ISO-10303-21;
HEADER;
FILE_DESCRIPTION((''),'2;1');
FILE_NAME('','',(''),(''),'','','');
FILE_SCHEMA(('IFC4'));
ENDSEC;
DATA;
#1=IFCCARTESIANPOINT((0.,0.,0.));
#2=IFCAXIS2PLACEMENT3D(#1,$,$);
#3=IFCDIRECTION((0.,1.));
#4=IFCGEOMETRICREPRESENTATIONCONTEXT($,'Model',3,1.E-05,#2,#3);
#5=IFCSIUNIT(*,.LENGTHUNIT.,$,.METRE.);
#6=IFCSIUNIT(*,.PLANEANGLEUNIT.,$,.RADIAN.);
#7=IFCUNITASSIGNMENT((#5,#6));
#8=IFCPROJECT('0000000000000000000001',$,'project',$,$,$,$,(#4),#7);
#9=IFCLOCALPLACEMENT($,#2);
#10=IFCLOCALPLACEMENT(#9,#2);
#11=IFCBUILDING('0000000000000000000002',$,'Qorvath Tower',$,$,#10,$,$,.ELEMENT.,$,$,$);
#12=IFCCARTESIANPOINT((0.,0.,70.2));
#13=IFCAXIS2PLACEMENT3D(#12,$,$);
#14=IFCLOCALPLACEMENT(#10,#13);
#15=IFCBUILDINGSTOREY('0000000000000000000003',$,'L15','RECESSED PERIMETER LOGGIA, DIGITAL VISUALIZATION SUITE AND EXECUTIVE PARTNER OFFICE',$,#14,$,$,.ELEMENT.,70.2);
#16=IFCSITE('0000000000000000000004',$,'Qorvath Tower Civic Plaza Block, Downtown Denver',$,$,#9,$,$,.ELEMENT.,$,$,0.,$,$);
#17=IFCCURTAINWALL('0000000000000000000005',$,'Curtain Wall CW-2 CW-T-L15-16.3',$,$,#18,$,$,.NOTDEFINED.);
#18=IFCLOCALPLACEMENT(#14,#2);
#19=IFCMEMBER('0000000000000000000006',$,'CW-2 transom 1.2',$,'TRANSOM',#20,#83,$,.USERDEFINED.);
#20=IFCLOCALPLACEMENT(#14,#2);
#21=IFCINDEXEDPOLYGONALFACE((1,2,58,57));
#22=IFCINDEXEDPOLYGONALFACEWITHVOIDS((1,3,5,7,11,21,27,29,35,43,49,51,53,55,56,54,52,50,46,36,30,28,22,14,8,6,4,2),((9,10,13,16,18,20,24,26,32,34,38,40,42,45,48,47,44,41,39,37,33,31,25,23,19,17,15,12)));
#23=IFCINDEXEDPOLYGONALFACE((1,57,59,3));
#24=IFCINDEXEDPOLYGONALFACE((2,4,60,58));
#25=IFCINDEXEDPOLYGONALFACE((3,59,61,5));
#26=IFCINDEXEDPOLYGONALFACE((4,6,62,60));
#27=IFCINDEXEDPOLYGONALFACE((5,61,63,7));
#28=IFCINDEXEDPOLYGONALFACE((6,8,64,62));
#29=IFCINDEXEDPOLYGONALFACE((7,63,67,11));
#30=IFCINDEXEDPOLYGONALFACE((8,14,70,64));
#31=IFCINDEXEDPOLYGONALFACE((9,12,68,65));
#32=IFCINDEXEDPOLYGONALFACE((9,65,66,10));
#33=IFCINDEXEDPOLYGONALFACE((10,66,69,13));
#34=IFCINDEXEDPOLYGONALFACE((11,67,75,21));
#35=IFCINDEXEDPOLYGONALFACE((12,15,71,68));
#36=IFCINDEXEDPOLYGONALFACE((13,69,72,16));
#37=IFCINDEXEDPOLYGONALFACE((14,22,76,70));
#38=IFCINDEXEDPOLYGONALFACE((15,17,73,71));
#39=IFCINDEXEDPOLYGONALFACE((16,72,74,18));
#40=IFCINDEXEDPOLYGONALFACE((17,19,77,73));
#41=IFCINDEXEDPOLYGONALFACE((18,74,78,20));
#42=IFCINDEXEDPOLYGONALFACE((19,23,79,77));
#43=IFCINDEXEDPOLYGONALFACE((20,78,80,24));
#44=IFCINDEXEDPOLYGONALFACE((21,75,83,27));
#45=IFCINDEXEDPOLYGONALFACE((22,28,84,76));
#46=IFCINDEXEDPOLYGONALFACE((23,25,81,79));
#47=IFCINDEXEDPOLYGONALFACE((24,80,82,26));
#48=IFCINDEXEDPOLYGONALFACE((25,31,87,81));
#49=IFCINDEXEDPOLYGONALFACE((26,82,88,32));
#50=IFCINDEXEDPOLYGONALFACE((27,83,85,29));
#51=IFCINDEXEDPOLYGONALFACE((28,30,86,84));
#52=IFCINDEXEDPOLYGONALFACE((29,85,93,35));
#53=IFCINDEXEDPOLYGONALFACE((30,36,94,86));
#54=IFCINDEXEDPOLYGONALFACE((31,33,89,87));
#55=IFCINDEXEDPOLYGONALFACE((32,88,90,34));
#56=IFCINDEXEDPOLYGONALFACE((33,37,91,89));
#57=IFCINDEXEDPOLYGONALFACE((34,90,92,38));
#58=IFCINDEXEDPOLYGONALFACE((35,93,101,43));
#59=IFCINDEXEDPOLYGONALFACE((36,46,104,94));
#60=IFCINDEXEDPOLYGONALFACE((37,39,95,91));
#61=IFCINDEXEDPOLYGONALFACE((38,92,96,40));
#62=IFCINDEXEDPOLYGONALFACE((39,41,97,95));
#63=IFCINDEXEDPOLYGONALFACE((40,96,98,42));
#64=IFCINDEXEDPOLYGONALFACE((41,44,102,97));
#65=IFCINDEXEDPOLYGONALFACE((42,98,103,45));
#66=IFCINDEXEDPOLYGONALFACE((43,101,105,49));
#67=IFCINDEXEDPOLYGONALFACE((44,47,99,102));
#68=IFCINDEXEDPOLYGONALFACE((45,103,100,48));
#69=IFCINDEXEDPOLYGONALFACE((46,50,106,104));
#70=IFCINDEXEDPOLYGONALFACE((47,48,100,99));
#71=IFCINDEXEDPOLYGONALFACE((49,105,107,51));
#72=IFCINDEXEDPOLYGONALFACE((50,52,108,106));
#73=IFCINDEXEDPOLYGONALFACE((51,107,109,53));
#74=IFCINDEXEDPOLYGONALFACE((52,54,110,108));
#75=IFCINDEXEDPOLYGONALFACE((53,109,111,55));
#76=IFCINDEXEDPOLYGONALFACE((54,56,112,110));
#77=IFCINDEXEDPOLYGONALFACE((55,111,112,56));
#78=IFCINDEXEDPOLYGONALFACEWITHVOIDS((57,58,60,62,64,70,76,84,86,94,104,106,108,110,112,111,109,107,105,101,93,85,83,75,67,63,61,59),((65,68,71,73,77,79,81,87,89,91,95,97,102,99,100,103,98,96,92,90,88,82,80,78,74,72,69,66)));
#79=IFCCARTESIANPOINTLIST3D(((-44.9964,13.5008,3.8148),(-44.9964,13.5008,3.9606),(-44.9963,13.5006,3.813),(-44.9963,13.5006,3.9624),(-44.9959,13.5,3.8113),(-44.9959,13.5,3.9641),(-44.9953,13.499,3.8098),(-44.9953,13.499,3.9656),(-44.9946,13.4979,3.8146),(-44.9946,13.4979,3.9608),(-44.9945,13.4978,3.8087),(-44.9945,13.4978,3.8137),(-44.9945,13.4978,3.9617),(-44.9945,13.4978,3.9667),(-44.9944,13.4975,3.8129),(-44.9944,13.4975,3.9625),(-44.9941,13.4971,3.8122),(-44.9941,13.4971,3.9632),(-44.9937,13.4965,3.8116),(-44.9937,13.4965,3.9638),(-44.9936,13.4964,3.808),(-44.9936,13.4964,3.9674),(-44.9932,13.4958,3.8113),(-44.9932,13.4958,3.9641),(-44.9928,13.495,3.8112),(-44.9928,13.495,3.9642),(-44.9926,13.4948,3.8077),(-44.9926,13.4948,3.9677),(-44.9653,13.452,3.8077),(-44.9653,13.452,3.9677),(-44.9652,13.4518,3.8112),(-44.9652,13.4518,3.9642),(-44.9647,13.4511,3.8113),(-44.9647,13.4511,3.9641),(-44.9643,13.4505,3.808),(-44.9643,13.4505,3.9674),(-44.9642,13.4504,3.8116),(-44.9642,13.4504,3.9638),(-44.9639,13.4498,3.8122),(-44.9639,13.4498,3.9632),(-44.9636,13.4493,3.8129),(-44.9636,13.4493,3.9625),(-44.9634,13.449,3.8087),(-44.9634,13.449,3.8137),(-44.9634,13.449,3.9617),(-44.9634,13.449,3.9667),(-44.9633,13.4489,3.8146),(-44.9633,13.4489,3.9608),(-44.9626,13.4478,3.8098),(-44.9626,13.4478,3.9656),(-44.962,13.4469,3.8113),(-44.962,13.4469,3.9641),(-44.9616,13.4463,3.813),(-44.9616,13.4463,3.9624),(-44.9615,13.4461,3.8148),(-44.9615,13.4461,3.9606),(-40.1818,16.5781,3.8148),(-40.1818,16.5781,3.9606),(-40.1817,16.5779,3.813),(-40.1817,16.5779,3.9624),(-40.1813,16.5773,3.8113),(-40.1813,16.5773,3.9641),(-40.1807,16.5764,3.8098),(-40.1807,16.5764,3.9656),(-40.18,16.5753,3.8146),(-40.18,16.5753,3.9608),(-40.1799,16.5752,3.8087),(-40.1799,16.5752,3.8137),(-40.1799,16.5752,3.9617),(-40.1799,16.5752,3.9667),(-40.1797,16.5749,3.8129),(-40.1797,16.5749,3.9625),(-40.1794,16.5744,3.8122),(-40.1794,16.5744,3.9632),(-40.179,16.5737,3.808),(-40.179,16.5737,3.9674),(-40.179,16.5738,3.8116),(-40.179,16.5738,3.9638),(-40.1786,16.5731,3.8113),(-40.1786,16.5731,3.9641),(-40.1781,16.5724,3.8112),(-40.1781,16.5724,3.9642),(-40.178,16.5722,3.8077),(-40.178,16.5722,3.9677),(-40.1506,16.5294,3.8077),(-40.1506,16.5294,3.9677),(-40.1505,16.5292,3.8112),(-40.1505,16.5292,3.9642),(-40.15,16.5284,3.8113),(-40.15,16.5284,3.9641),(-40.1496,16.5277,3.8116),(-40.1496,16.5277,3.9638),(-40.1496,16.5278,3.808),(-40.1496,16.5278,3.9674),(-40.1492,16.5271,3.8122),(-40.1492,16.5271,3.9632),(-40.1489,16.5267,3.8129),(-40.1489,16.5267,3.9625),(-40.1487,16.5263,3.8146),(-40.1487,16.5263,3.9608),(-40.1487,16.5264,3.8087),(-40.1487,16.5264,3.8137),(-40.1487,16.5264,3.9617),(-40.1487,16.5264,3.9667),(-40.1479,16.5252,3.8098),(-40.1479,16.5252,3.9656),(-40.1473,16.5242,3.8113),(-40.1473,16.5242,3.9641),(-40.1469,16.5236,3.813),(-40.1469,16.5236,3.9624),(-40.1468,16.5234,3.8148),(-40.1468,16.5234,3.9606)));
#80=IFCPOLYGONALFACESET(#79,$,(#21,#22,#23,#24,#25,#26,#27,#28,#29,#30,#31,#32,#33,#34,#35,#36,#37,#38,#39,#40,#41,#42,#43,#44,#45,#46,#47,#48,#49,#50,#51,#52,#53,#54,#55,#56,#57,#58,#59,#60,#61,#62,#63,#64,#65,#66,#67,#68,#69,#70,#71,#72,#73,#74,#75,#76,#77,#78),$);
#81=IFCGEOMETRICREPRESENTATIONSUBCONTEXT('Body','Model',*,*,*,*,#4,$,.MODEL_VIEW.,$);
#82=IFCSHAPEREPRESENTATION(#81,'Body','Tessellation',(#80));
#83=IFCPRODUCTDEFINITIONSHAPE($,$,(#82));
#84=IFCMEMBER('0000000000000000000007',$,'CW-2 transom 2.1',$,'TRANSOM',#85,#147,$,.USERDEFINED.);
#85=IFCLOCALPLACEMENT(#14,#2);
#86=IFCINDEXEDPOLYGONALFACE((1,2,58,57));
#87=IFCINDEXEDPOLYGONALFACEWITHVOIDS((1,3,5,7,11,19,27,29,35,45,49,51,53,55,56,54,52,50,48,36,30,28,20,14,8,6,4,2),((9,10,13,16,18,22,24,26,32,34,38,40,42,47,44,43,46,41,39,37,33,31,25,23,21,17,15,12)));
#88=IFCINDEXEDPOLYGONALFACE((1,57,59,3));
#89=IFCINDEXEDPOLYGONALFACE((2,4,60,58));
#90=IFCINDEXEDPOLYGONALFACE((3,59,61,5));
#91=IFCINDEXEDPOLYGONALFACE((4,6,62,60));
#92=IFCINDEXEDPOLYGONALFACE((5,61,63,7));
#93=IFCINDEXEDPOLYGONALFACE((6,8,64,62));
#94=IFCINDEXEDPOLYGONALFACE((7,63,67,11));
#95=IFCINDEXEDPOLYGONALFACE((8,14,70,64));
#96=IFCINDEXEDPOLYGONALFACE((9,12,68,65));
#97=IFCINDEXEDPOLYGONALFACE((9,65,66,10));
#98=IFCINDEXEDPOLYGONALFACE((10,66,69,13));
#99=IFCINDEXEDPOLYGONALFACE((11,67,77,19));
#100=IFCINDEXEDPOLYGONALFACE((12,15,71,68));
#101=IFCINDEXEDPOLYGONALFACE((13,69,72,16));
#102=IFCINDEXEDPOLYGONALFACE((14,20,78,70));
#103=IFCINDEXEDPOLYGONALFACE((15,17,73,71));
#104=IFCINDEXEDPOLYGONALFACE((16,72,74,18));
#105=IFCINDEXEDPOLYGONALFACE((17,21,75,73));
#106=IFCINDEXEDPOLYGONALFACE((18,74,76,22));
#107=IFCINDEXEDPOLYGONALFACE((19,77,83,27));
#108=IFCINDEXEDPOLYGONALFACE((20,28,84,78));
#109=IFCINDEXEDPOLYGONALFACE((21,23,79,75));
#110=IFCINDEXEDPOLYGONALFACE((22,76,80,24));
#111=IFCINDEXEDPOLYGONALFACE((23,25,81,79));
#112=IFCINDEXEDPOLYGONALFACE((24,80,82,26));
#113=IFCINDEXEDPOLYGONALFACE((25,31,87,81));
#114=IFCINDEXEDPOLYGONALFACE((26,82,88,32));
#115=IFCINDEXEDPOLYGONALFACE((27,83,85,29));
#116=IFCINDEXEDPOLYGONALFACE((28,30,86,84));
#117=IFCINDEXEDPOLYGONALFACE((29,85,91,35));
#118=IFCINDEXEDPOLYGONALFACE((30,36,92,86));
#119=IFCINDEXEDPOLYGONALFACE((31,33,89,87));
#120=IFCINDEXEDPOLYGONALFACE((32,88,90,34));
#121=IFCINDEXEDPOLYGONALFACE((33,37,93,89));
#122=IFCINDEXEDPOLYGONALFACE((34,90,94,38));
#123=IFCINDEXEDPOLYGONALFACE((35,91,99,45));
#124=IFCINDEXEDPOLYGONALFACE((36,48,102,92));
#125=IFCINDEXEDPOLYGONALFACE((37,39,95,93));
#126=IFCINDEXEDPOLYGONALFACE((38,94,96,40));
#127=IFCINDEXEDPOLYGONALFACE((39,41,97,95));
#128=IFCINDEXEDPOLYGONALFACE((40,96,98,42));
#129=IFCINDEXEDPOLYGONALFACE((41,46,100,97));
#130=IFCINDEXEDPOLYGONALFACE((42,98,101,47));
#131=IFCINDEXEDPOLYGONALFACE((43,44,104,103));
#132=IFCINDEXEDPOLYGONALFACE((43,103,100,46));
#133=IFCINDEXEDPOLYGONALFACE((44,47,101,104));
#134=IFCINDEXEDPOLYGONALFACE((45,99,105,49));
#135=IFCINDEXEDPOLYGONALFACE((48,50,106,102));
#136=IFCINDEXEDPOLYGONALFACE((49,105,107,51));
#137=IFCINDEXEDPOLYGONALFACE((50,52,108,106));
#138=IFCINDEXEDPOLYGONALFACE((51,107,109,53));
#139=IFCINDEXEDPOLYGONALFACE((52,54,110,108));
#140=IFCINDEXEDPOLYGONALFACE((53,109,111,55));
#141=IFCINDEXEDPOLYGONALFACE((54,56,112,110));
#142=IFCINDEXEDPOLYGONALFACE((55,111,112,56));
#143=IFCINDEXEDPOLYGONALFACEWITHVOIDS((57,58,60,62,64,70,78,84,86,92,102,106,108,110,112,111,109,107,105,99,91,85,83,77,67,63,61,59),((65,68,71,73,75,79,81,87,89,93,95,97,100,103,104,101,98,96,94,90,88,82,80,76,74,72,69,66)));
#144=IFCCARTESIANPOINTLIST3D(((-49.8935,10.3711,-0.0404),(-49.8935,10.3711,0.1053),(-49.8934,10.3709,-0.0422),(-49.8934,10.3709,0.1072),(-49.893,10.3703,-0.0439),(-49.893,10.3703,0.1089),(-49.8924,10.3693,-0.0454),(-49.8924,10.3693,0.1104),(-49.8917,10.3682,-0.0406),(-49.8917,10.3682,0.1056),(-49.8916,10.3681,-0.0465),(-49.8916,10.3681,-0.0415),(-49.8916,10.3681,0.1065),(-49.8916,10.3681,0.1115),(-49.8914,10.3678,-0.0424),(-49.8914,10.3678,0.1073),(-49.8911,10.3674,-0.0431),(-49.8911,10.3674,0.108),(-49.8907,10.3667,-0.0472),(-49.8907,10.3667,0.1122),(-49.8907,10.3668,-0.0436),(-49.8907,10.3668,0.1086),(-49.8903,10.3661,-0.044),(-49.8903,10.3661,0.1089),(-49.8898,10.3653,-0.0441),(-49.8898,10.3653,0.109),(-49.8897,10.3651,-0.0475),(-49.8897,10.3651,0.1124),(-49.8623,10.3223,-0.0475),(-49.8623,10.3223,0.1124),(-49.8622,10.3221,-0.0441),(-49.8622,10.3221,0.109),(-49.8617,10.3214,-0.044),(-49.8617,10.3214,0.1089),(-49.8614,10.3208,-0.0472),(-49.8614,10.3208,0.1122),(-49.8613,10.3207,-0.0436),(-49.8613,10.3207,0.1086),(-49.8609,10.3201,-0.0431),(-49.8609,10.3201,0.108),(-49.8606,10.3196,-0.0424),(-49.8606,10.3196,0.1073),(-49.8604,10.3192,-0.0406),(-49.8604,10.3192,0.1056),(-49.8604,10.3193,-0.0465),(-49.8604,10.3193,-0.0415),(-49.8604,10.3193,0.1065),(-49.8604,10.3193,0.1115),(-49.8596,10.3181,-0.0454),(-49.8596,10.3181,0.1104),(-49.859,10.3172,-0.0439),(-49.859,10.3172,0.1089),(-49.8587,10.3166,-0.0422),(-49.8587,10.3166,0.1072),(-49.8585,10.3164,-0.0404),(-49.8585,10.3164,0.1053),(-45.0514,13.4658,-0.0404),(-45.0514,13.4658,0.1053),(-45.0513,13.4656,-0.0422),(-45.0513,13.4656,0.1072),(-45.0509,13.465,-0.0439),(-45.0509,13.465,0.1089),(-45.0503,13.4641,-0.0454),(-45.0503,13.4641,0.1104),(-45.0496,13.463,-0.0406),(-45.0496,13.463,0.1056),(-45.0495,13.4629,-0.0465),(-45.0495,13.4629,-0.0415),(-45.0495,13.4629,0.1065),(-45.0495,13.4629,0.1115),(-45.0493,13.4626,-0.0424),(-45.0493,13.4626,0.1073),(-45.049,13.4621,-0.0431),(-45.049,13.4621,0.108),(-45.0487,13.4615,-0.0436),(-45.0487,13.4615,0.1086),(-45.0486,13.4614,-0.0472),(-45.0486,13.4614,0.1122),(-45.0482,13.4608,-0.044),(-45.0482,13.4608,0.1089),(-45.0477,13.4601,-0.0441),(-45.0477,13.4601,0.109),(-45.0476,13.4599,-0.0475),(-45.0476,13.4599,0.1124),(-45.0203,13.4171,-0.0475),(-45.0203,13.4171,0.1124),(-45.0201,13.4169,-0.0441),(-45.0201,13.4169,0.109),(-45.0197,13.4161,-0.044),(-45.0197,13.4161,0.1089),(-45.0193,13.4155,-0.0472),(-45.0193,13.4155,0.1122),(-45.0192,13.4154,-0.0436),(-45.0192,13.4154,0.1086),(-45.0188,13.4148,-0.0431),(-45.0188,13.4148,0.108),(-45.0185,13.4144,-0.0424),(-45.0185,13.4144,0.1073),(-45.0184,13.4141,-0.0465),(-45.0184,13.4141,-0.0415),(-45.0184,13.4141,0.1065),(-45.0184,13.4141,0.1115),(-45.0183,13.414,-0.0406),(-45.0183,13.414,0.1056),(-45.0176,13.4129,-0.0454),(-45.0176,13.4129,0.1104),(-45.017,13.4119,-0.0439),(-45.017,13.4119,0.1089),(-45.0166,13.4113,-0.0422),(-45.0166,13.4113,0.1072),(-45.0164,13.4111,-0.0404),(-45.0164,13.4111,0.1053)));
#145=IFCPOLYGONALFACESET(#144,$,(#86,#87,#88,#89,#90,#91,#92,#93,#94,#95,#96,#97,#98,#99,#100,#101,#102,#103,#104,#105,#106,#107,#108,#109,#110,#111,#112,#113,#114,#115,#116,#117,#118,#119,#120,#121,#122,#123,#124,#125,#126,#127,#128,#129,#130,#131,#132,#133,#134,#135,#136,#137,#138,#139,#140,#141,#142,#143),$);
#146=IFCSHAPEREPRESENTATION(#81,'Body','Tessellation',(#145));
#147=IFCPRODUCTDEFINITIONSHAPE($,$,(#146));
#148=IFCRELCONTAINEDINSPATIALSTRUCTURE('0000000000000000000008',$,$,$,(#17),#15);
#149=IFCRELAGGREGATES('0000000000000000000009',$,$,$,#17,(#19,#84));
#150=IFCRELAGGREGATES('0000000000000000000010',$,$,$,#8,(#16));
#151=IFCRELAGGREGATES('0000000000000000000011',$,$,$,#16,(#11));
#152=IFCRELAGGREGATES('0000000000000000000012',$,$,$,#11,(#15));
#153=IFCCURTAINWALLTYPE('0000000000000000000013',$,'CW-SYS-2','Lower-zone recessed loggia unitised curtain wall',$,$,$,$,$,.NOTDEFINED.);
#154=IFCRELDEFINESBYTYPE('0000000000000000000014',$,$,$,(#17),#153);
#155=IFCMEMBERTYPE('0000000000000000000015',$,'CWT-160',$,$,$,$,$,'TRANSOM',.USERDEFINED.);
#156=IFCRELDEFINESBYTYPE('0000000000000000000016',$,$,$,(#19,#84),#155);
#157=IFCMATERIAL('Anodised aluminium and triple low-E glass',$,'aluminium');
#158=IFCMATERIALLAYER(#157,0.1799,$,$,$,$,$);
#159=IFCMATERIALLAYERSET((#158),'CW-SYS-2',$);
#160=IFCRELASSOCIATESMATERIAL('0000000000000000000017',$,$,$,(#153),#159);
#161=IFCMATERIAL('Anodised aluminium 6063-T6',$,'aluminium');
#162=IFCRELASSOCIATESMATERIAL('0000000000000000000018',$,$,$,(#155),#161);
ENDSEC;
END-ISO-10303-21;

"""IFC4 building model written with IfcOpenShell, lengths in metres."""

from ifc_helpers import new_model, si_unit, direction, frame, origin, origin_2d, place, context, subcontext, project, spatial, hollow_rectangle, extrude, material, layer, layer_set, material_profile, profile_set, type_object, element, aggregate, save


model = new_model("IFC4")

# Units and contexts
model_context = context("Model", 3, precision=1e-05, world=origin(), true_north=direction((0.0, 1.0)))
body_context = subcontext(model_context, "Body", "Model", "MODEL_VIEW")
ifc_project = project(units=[si_unit("LENGTHUNIT", "METRE"), si_unit("PLANEANGLEUNIT", "RADIAN")], contexts=[model_context])

# Site, building, storey
site_placement = place(None, origin())
site = spatial("IfcSite", under=ifc_project, at=site_placement, Name="Qorvath Tower Civic Plaza Block, Downtown Denver", CompositionType="ELEMENT", RefElevation=0.0)
building_placement = place(site_placement, origin())
building = spatial("IfcBuilding", under=site, at=building_placement, Name="Qorvath Tower", CompositionType="ELEMENT")
storey_placement = place(building_placement, frame((0.0, 0.0, 70.2)))
storey = spatial("IfcBuildingStorey", under=building, at=storey_placement, Name="L15", Description="RECESSED PERIMETER LOGGIA, DIGITAL VISUALIZATION SUITE AND EXECUTIVE PARTNER OFFICE", CompositionType="ELEMENT", Elevation=70.2)

# Shared definitions
ifc_material_1 = material(Name="Anodised aluminium and triple low-E glass", Category="aluminium")
ifc_layer_1 = layer(ifc_material_1, 0.1799)
ifc_layer_set_1 = layer_set([ifc_layer_1], Name="CW-SYS-2")
curtain_wall_type = type_object("IfcCurtainWallType", Name="CW-SYS-2", Description="Lower-zone recessed loggia unitised curtain wall", PredefinedType="NOTDEFINED", material=ifc_layer_set_1)

# Curtain wall, members
curtain_wall_1_placement = place(storey_placement, origin())
curtain_wall_1 = element("IfcCurtainWall", 1, at=curtain_wall_1_placement, inside=storey, type_object=curtain_wall_type, Name="Curtain Wall CW-2 CW-T-L15-16.3", PredefinedType="NOTDEFINED")
ifc_material_2 = material(Name="Anodised aluminium 6063-T6", Category="aluminium")
ifc_material_profile_1 = material_profile(ifc_material_2, hollow_rectangle(XDim=0.0649, YDim=0.1599, WallThickness=0.0034, InnerFilletRadius=0.0034, OuterFilletRadius=0.0071, at=origin_2d()), Name="CWT 160x65")
ifc_profile_set_1 = profile_set([ifc_material_profile_1], Name="Anodised aluminium 6063-T6")
member_type_1 = type_object("IfcMemberType", Name="CWT-160", ElementType="TRANSOM", PredefinedType="USERDEFINED", material=ifc_profile_set_1)
member_1_placement = place(storey_placement, frame((-40.1643, 16.5508, 3.8877), z_axis=(-0.84259, -0.538555, 0.0), x_axis=(0.538555, -0.84259, 0.0)))
member_1 = element("IfcMember", 2, at=member_1_placement, type_object=member_type_1, Name="CW-2 transom 1.2", ObjectType="TRANSOM", PredefinedType="USERDEFINED", context=body_context, shape_type="SweptSolid", body=[
    extrude(hollow_rectangle(XDim=0.0649, YDim=0.1599, WallThickness=0.0034, InnerFilletRadius=0.0034, OuterFilletRadius=0.0071, at=origin_2d()), origin(), (0.0, 0.0, 1.0), 5.7141),
])
member_2_placement = place(storey_placement, frame((-45.0339, 13.4385, 0.0325), z_axis=(-0.842601, -0.538538, 0.0), x_axis=(0.538538, -0.842601, 0.0)))
member_2 = element("IfcMember", 3, at=member_2_placement, type_object=member_type_1, Name="CW-2 transom 2.1", ObjectType="TRANSOM", PredefinedType="USERDEFINED", context=body_context, shape_type="SweptSolid", body=[
    extrude(hollow_rectangle(XDim=0.0649, YDim=0.1599, WallThickness=0.0034, InnerFilletRadius=0.0034, OuterFilletRadius=0.0071, at=origin_2d()), origin(), (0.0, 0.0, 1.0), 5.7466),
])
aggregate(curtain_wall_1, [member_1, member_2])

save(model, "model.ifc")
